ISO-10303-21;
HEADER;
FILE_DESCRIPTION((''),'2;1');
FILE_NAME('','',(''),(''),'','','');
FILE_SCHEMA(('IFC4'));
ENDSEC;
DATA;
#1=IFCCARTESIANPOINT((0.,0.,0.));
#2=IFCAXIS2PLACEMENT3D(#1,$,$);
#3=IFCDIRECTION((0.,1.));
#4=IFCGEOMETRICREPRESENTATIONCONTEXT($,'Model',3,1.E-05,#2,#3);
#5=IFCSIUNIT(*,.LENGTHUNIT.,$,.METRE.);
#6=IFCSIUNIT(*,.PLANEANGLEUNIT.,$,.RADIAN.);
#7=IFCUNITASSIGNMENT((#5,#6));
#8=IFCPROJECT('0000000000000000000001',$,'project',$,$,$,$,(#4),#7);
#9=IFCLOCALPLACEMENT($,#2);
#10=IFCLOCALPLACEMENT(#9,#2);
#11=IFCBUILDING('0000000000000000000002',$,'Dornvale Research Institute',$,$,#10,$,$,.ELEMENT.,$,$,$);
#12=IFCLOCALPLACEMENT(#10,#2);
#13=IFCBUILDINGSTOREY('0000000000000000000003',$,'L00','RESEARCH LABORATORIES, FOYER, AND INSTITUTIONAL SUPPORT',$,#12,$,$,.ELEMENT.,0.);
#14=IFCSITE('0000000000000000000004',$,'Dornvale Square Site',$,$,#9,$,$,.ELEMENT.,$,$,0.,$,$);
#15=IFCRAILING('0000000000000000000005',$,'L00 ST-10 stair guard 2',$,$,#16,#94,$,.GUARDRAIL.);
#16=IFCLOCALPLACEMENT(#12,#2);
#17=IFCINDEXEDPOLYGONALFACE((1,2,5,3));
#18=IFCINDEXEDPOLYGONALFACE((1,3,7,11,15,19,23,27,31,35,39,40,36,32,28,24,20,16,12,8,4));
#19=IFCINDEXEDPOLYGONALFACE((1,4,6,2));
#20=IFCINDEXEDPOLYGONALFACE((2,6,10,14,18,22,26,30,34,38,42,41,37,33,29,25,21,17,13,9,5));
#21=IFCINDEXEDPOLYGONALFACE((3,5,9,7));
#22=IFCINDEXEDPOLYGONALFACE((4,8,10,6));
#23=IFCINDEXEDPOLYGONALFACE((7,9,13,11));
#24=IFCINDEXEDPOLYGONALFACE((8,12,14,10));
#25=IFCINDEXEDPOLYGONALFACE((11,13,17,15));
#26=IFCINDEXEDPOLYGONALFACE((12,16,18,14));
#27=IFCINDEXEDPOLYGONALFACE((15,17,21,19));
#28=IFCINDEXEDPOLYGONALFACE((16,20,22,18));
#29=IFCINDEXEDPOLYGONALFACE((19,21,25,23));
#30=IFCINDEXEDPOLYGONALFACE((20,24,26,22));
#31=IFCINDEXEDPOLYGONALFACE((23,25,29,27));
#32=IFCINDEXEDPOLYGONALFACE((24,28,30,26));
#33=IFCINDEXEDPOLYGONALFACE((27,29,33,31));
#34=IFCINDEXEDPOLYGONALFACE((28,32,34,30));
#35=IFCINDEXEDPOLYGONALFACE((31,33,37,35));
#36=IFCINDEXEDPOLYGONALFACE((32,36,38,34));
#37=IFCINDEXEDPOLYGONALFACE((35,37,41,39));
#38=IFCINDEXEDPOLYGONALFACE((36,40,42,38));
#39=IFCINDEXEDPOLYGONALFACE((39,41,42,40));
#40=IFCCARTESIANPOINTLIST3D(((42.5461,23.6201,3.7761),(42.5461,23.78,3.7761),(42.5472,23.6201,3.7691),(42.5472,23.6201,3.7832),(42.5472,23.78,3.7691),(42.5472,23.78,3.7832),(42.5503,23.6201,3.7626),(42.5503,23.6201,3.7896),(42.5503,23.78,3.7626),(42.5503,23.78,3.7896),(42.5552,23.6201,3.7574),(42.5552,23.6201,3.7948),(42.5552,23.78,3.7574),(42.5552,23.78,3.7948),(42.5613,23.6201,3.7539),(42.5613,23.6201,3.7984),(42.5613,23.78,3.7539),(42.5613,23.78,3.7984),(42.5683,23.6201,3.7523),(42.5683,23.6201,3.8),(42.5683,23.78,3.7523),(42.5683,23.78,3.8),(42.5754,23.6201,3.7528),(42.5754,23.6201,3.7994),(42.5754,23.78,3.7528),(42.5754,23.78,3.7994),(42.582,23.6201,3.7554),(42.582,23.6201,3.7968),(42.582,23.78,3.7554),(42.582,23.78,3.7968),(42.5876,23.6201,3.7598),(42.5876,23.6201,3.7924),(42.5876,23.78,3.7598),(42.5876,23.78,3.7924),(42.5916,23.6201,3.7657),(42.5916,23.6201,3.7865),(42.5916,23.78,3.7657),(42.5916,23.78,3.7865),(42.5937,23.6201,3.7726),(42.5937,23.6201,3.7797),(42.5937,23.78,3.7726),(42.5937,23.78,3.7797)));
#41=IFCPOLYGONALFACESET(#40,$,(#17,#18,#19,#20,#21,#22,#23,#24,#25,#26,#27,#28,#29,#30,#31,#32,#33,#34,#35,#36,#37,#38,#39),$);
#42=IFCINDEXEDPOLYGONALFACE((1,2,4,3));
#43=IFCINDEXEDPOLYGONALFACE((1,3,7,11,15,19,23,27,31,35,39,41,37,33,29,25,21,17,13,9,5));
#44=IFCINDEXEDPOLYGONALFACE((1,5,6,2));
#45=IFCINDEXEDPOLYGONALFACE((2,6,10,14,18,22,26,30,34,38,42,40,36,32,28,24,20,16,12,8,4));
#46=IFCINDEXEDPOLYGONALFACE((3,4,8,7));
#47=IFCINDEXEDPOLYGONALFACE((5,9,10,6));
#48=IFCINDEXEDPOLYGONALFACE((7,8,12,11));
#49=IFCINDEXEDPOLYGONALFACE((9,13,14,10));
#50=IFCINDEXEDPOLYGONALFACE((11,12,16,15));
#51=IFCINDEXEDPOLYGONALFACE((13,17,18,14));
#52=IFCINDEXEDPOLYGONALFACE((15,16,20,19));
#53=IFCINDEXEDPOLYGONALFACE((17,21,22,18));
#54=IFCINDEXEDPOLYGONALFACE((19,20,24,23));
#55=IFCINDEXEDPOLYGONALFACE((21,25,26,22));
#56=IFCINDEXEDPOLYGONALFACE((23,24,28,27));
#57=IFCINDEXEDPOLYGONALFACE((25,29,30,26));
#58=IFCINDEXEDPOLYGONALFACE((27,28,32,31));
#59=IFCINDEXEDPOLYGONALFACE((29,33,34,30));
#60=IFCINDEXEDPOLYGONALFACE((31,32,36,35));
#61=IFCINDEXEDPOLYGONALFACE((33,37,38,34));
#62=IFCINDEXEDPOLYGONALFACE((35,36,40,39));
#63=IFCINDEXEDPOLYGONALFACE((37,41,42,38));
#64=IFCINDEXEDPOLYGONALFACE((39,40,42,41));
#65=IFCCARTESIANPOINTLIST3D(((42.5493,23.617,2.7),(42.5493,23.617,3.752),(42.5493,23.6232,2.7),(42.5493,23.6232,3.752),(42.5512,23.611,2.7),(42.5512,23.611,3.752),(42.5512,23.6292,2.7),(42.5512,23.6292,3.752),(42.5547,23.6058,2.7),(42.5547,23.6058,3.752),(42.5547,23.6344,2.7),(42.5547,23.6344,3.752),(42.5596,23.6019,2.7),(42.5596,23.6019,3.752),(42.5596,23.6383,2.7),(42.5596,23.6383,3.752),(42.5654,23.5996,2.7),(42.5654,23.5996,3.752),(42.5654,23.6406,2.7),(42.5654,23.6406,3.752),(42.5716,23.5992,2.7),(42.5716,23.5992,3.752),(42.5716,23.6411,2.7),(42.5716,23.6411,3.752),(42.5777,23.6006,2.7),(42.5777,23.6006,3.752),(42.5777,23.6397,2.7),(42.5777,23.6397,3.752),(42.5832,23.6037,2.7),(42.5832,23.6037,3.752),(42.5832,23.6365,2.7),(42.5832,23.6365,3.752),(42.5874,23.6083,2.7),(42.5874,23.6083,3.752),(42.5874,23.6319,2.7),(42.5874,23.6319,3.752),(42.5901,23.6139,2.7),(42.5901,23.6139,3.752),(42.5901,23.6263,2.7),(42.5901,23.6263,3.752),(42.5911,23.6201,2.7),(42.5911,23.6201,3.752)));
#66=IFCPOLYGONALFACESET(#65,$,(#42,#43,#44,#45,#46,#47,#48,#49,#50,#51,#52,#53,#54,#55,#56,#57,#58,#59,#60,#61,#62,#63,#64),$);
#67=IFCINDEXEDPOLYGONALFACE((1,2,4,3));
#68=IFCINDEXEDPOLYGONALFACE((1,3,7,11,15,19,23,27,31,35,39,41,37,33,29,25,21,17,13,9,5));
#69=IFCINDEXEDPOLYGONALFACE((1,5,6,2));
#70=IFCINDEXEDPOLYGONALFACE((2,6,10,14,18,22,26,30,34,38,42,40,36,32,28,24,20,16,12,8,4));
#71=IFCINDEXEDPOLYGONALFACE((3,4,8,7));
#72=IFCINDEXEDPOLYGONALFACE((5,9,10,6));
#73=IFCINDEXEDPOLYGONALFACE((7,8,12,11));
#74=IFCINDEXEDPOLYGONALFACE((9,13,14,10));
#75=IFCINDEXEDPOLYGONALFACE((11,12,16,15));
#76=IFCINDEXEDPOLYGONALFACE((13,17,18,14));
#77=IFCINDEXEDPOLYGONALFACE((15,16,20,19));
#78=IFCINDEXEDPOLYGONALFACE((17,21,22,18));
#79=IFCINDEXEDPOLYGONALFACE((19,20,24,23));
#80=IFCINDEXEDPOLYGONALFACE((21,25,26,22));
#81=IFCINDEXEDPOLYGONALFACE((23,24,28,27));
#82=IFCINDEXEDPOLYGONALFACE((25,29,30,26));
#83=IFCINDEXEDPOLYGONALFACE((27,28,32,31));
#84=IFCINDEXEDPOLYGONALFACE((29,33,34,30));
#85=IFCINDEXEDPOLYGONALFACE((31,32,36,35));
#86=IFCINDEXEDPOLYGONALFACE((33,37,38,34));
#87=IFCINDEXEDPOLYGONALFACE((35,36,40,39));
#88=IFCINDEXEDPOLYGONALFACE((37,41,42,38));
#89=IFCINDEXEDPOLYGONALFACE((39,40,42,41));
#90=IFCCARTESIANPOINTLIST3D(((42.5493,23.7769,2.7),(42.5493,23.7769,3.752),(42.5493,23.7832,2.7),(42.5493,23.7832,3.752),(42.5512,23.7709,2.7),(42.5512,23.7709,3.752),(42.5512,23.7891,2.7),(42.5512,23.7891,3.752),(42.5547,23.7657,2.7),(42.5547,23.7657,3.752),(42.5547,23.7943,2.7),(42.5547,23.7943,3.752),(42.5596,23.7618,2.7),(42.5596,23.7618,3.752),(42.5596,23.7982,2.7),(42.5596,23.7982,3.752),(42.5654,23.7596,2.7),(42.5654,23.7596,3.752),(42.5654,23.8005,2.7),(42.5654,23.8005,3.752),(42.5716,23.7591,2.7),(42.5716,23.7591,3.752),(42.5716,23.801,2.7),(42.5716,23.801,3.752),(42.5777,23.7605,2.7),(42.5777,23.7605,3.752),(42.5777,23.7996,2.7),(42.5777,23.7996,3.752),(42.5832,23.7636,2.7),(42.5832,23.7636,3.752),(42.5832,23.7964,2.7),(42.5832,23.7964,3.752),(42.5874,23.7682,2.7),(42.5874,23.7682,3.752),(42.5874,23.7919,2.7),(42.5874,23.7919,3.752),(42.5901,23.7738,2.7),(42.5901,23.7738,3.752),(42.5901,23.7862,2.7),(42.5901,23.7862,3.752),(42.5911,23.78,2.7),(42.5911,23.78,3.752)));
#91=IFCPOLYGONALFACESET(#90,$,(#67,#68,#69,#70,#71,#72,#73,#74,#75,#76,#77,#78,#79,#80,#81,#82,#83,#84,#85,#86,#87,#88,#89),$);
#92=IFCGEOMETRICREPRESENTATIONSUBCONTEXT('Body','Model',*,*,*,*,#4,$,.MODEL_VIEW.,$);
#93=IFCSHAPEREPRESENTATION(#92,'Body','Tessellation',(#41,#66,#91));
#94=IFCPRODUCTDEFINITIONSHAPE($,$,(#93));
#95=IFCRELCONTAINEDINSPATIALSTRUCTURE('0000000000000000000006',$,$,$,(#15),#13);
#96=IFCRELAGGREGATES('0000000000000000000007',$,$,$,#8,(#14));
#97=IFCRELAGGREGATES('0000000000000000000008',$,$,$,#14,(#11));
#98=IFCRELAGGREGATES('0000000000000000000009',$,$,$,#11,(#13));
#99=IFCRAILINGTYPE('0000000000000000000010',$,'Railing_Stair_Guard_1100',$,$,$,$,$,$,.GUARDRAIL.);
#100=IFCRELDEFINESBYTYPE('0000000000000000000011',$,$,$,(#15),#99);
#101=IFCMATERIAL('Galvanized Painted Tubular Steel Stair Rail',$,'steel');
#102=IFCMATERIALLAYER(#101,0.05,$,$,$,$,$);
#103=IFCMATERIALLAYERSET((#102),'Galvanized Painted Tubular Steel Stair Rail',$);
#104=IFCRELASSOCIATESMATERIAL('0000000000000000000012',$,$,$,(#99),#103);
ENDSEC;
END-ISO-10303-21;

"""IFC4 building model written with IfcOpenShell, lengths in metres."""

from ifc_helpers import new_model, si_unit, direction, frame, origin, origin_2d, place, context, subcontext, project, spatial, circle, extrude, material, layer, layer_set, type_object, element, save


model = new_model("IFC4")

# Units and contexts
model_context = context("Model", 3, precision=1e-05, world=origin(), true_north=direction((0.0, 1.0)))
body_context = subcontext(model_context, "Body", "Model", "MODEL_VIEW")
ifc_project = project(units=[si_unit("LENGTHUNIT", "METRE"), si_unit("PLANEANGLEUNIT", "RADIAN")], contexts=[model_context])

# Site, building, storey
site_placement = place(None, origin())
site = spatial("IfcSite", under=ifc_project, at=site_placement, Name="Dornvale Square Site", CompositionType="ELEMENT", RefElevation=0.0)
building_placement = place(site_placement, origin())
building = spatial("IfcBuilding", under=site, at=building_placement, Name="Dornvale Research Institute", CompositionType="ELEMENT")
storey_placement = place(building_placement, origin())
storey = spatial("IfcBuildingStorey", under=building, at=storey_placement, Name="L00", Description="RESEARCH LABORATORIES, FOYER, AND INSTITUTIONAL SUPPORT", CompositionType="ELEMENT", Elevation=0.0)

# Railing
ifc_material_1 = material(Name="Galvanized Painted Tubular Steel Stair Rail", Category="steel")
ifc_layer_1 = layer(ifc_material_1, 0.05)
ifc_layer_set_1 = layer_set([ifc_layer_1], Name="Galvanized Painted Tubular Steel Stair Rail")
railing_type_1 = type_object("IfcRailingType", Name="Railing_Stair_Guard_1100", PredefinedType="GUARDRAIL", material=ifc_layer_set_1)
railing_1_placement = place(storey_placement, frame((42.5701, 23.6201, 2.7)))
element("IfcRailing", 1, at=railing_1_placement, inside=storey, type_object=railing_type_1, Name="L00 ST-10 stair guard 2", PredefinedType="GUARDRAIL", context=body_context, shape_type="SweptSolid", body=[
    extrude(circle(Radius=0.0239, at=origin_2d()), frame((0.0, 0.0, 1.0762), z_axis=(0.0, 1.0, 0.0), x_axis=(-1.0, 0.0, 0.0)), (0.0, 0.0, 1.0), 0.1599),
    extrude(circle(Radius=0.021, at=origin_2d()), origin(), (0.0, 0.0, 1.0), 1.052),
    extrude(circle(Radius=0.021, at=origin_2d()), frame((0.0, 0.1599, 0.0)), (0.0, 0.0, 1.0), 1.052),
])

save(model, "model.ifc")
